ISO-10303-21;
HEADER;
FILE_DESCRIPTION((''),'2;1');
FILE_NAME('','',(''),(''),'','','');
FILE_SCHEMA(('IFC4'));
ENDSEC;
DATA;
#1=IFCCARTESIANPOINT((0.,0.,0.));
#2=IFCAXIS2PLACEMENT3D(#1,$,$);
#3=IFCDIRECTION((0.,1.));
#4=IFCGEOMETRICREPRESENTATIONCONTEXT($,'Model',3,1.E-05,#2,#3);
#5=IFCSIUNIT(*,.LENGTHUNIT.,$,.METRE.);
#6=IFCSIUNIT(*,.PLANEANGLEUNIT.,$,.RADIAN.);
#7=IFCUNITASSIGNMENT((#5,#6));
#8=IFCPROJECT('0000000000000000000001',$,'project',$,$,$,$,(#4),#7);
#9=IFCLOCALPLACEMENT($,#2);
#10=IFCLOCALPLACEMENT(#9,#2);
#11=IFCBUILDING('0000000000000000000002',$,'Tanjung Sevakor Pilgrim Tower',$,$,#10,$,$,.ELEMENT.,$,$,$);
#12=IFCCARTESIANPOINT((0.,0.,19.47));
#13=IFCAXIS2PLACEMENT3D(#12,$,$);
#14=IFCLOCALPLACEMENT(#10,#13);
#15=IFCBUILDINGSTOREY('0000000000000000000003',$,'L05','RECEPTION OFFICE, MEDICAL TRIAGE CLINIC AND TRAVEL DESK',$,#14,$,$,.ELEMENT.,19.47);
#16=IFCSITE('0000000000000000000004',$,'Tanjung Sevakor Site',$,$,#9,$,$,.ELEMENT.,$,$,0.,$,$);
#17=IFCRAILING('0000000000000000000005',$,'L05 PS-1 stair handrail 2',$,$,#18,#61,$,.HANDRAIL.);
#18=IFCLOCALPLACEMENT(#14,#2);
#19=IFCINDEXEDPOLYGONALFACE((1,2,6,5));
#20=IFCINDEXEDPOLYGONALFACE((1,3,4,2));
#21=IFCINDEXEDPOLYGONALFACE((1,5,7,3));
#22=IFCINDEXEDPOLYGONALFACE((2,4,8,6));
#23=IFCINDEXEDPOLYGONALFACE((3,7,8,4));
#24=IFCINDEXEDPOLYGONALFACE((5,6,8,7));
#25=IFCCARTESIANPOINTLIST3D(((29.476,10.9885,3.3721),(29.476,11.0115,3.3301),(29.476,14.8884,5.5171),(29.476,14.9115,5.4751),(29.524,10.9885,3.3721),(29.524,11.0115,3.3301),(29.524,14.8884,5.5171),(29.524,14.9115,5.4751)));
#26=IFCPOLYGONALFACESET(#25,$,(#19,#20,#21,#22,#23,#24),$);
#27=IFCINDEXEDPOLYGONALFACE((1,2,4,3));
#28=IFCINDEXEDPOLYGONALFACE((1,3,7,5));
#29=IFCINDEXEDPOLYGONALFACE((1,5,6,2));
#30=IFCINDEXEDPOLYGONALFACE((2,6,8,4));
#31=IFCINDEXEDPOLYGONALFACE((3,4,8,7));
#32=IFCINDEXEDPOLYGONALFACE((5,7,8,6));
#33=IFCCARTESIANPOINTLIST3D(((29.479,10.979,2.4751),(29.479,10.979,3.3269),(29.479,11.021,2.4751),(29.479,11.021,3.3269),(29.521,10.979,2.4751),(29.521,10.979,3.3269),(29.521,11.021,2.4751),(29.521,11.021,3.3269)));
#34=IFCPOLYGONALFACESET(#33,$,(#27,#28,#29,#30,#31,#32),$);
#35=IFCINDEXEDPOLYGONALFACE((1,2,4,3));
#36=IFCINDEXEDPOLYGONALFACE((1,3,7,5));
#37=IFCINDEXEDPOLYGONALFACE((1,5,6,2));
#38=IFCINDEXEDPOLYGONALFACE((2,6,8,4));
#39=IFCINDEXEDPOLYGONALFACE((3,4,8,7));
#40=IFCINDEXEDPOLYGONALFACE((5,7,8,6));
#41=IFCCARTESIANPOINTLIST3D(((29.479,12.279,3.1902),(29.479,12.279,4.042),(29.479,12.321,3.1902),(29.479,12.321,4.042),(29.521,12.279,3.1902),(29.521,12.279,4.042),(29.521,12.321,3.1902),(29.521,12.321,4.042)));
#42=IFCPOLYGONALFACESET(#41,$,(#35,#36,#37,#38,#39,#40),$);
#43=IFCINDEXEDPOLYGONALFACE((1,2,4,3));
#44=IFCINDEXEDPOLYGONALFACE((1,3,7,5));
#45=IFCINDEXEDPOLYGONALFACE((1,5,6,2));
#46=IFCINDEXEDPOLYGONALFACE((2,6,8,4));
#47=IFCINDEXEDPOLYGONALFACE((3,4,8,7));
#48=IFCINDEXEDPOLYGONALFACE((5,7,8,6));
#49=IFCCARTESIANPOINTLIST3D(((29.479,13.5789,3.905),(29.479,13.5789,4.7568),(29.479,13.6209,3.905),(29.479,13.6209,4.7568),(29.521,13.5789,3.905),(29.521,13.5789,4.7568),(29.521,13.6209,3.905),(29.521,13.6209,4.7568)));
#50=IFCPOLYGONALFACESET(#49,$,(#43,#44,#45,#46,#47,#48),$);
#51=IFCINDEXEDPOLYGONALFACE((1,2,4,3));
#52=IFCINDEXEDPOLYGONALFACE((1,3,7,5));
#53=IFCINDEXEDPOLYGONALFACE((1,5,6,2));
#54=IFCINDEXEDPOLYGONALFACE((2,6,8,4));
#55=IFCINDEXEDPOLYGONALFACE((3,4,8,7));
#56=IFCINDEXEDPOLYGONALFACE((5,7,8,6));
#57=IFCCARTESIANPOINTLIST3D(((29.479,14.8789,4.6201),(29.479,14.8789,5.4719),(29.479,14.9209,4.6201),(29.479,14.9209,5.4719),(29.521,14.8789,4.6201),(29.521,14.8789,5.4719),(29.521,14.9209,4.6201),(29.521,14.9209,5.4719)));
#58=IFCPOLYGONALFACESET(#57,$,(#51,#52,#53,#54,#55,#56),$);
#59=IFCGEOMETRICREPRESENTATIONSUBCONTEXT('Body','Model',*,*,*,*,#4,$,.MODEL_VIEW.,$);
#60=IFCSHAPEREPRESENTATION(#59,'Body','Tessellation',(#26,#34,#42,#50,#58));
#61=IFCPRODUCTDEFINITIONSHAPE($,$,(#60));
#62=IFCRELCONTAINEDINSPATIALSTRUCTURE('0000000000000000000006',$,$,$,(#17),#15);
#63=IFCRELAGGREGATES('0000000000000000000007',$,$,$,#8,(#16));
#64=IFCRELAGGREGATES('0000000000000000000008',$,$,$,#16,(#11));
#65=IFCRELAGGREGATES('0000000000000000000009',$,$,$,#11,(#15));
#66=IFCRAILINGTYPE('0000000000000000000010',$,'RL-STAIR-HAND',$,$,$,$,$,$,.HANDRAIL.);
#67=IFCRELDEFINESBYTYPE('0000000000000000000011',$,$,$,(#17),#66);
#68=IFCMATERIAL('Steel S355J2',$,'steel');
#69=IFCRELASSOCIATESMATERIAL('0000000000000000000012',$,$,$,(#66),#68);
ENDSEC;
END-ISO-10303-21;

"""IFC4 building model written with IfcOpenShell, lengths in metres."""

from ifc_helpers import new_model, si_unit, direction, frame, origin, place, context, subcontext, project, spatial, rectangle, extrude, material, type_object, element, save


model = new_model("IFC4")

# Units and contexts
model_context = context("Model", 3, precision=1e-05, world=origin(), true_north=direction((0.0, 1.0)))
body_context = subcontext(model_context, "Body", "Model", "MODEL_VIEW")
ifc_project = project(units=[si_unit("LENGTHUNIT", "METRE"), si_unit("PLANEANGLEUNIT", "RADIAN")], contexts=[model_context])

# Site, building, storey
site_placement = place(None, origin())
site = spatial("IfcSite", under=ifc_project, at=site_placement, Name="Tanjung Sevakor Site", CompositionType="ELEMENT", RefElevation=0.0)
building_placement = place(site_placement, origin())
building = spatial("IfcBuilding", under=site, at=building_placement, Name="Tanjung Sevakor Pilgrim Tower", CompositionType="ELEMENT")
storey_placement = place(building_placement, frame((0.0, 0.0, 19.47)))
storey = spatial("IfcBuildingStorey", under=building, at=storey_placement, Name="L05", Description="RECEPTION OFFICE, MEDICAL TRIAGE CLINIC AND TRAVEL DESK", CompositionType="ELEMENT", Elevation=19.47)

# Railing
ifc_material_1 = material(Name="Steel S355J2", Category="steel")
railing_type_1 = type_object("IfcRailingType", Name="RL-STAIR-HAND", PredefinedType="HANDRAIL", material=ifc_material_1)
railing_1_placement = place(storey_placement, frame((29.5, 11.0, 2.4751)))
element("IfcRailing", 1, at=railing_1_placement, inside=storey, type_object=railing_type_1, Name="L05 PS-1 stair handrail 2", PredefinedType="HANDRAIL", context=body_context, shape_type="SweptSolid", body=[
    extrude(rectangle(XDim=0.0479, YDim=0.0479), frame((0.0, 0.0, 0.876), z_axis=(0.0, 0.876209, 0.481931), x_axis=(-1.0, 0.0, 0.0)), (0.0, 0.0, 1.0), 4.4509),
    extrude(rectangle(XDim=0.042, YDim=0.042), origin(), (0.0, 0.0, 1.0), 0.8518),
    extrude(rectangle(XDim=0.042, YDim=0.042), frame((0.0, 1.3, 0.7151)), (0.0, 0.0, 1.0), 0.8518),
    extrude(rectangle(XDim=0.042, YDim=0.042), frame((0.0, 2.5999, 1.4299)), (0.0, 0.0, 1.0), 0.8518),
    extrude(rectangle(XDim=0.042, YDim=0.042), frame((0.0, 3.8999, 2.145)), (0.0, 0.0, 1.0), 0.8518),
])

save(model, "model.ifc")
